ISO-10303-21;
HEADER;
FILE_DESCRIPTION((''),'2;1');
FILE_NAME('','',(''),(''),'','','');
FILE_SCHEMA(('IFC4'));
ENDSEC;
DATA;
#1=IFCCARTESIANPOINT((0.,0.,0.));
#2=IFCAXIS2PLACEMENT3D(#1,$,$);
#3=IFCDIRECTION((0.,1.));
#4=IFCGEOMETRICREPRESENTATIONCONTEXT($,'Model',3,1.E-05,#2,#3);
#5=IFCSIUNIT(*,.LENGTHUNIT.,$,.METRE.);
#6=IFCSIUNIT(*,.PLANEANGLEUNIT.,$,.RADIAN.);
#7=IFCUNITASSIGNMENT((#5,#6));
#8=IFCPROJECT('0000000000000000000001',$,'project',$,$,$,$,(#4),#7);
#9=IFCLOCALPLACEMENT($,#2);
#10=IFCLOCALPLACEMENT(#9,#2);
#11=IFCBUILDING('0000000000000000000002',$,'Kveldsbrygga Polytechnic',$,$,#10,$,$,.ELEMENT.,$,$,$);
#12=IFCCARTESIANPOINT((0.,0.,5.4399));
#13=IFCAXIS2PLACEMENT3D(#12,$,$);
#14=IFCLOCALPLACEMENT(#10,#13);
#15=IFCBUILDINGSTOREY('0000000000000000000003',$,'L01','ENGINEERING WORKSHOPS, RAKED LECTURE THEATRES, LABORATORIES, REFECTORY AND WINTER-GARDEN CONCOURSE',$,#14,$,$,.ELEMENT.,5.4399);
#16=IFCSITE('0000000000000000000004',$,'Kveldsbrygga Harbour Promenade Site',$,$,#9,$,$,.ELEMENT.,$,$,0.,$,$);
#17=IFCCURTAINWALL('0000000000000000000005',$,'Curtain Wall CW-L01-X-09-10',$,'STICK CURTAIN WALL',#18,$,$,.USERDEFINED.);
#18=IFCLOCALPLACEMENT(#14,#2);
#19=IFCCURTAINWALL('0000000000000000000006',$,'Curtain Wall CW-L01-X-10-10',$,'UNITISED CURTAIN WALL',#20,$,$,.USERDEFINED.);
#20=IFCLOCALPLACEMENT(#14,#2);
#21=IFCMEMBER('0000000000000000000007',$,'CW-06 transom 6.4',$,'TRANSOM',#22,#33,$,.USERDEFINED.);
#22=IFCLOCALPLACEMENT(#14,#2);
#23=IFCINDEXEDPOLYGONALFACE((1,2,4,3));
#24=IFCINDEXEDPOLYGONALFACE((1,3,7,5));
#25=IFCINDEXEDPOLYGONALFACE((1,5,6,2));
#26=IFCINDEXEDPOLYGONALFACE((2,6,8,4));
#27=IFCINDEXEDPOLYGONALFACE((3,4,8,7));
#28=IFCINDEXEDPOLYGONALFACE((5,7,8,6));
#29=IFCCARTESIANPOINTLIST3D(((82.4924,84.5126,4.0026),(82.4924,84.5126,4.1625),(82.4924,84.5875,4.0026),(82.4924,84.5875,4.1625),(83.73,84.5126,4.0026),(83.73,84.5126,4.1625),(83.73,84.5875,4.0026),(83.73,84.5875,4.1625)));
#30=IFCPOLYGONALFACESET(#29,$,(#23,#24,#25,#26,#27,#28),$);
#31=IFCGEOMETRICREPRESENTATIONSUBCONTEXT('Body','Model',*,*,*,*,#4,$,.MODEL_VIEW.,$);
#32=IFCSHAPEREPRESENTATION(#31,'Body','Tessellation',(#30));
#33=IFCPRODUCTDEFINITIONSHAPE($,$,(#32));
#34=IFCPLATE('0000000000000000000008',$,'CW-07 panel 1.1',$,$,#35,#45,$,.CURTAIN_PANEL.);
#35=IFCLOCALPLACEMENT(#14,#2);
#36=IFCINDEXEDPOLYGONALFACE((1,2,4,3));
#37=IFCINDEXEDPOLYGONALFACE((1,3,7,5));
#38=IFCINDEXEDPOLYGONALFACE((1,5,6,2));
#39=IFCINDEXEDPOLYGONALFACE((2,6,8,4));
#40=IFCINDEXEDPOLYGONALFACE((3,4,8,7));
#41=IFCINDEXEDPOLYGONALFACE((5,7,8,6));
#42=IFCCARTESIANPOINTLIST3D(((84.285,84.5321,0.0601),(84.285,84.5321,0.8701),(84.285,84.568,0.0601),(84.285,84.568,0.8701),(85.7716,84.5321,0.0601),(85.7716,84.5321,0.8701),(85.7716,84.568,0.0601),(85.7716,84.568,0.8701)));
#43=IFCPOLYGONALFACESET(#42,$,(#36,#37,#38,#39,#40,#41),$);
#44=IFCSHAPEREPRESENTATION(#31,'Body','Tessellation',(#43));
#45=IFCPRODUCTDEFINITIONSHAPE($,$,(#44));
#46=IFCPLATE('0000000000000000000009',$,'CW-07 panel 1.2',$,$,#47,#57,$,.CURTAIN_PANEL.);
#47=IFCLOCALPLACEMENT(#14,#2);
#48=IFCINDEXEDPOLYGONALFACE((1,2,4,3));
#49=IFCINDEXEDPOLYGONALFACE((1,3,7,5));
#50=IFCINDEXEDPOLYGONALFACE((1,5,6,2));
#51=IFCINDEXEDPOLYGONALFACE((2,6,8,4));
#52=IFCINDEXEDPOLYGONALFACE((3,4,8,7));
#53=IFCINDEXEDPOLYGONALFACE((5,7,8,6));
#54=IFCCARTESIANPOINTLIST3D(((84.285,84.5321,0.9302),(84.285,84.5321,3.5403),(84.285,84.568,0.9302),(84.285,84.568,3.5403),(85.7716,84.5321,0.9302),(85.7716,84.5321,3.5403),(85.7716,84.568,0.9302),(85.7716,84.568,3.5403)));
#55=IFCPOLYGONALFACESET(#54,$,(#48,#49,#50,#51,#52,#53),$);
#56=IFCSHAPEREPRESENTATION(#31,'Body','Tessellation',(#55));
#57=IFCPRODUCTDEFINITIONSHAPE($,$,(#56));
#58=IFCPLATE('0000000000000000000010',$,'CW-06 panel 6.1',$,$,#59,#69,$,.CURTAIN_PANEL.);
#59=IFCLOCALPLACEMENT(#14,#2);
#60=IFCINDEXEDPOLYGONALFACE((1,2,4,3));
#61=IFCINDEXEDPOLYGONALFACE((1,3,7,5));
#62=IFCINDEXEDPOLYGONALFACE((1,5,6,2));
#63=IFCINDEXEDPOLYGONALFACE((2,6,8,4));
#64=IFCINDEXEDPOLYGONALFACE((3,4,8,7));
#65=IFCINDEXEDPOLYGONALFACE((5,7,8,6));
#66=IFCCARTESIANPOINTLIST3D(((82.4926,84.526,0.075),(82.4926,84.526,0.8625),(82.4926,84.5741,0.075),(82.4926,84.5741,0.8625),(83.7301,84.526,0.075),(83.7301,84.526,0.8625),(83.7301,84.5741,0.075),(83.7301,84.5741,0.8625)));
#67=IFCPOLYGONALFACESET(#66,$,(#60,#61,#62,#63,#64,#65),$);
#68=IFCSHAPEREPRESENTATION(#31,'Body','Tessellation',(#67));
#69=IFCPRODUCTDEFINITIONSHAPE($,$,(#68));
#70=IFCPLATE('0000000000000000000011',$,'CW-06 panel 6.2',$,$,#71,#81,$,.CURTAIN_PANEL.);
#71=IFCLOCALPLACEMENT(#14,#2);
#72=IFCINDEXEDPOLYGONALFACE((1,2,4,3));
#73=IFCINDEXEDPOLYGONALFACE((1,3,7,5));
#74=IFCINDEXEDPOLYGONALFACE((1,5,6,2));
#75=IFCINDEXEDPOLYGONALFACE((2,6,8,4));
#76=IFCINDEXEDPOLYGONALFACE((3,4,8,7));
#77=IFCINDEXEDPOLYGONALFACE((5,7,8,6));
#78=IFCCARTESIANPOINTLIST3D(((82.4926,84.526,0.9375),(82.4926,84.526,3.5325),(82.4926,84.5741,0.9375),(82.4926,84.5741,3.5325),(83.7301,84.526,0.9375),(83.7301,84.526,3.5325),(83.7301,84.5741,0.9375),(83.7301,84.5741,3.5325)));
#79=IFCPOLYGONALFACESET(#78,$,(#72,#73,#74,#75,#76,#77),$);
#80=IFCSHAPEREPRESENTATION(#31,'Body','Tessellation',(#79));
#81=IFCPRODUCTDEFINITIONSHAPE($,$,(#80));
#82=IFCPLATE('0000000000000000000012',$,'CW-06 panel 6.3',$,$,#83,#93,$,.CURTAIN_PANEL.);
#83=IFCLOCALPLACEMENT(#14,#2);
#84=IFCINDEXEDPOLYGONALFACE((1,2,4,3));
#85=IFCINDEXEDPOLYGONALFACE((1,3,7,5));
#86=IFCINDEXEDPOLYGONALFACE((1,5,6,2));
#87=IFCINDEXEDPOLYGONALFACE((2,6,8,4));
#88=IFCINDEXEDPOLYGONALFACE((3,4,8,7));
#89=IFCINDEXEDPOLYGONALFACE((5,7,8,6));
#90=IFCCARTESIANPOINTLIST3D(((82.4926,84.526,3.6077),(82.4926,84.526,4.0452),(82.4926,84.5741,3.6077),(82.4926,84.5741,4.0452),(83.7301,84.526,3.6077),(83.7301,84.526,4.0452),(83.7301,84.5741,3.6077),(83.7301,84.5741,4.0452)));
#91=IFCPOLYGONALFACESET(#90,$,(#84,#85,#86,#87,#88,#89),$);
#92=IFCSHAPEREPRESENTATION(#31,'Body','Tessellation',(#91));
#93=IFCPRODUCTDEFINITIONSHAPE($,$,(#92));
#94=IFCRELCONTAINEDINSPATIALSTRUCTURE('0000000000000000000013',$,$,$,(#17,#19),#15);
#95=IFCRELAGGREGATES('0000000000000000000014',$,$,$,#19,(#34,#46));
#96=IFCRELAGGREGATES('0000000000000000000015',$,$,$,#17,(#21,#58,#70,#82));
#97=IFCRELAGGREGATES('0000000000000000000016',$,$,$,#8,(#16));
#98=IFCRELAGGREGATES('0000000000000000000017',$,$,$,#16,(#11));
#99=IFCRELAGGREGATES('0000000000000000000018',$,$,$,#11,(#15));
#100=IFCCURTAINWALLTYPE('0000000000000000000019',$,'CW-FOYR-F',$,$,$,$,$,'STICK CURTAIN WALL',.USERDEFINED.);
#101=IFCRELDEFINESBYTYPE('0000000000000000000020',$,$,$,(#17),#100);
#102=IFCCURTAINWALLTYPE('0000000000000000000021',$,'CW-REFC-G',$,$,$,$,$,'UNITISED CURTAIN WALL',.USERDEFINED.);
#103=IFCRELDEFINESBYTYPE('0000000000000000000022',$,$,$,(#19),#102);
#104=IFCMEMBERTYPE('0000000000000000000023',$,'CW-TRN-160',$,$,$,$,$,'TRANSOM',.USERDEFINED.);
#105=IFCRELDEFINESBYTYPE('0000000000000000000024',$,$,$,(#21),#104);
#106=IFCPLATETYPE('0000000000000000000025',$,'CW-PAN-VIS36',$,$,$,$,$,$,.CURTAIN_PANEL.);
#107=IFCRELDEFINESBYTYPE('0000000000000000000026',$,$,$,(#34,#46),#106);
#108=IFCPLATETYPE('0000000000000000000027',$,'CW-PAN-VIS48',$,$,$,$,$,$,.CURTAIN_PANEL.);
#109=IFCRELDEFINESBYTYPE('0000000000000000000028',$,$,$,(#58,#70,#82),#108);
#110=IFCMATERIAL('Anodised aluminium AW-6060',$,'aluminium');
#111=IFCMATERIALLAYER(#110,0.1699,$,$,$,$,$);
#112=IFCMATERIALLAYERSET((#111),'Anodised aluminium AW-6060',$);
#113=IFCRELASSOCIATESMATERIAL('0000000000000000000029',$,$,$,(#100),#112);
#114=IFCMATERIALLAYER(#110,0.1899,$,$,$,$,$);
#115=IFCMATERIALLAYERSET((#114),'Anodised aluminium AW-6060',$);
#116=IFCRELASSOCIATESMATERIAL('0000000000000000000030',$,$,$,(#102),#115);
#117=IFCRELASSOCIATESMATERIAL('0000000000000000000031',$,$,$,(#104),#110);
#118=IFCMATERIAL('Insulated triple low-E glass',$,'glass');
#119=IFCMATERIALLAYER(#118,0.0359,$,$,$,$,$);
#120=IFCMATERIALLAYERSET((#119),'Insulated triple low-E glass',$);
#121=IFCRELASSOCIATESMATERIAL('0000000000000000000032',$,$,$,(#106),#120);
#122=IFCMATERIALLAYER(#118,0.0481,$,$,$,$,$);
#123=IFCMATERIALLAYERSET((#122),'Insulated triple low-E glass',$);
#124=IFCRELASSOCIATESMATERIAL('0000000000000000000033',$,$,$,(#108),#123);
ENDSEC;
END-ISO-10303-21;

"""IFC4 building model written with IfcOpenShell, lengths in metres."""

from ifc_helpers import new_model, si_unit, direction, frame, origin, origin_2d, place, context, subcontext, project, spatial, rectangle, extrude, material, layer, layer_set, material_profile, profile_set, type_object, element, aggregate, save


model = new_model("IFC4")

# Units and contexts
model_context = context("Model", 3, precision=1e-05, world=origin(), true_north=direction((0.0, 1.0)))
body_context = subcontext(model_context, "Body", "Model", "MODEL_VIEW")
ifc_project = project(units=[si_unit("LENGTHUNIT", "METRE"), si_unit("PLANEANGLEUNIT", "RADIAN")], contexts=[model_context])

# Site, building, storey
site_placement = place(None, origin())
site = spatial("IfcSite", under=ifc_project, at=site_placement, Name="Kveldsbrygga Harbour Promenade Site", CompositionType="ELEMENT", RefElevation=0.0)
building_placement = place(site_placement, origin())
building = spatial("IfcBuilding", under=site, at=building_placement, Name="Kveldsbrygga Polytechnic", CompositionType="ELEMENT")
storey_placement = place(building_placement, frame((0.0, 0.0, 5.4399)))
storey = spatial("IfcBuildingStorey", under=building, at=storey_placement, Name="L01", Description="ENGINEERING WORKSHOPS, RAKED LECTURE THEATRES, LABORATORIES, REFECTORY AND WINTER-GARDEN CONCOURSE", CompositionType="ELEMENT", Elevation=5.4399)

# Curtain walls
ifc_material_1 = material(Name="Anodised aluminium AW-6060", Category="aluminium")
ifc_layer_1 = layer(ifc_material_1, 0.1699)
ifc_layer_set_1 = layer_set([ifc_layer_1], Name="Anodised aluminium AW-6060")
curtain_wall_type_1 = type_object("IfcCurtainWallType", Name="CW-FOYR-F", ElementType="STICK CURTAIN WALL", PredefinedType="USERDEFINED", material=ifc_layer_set_1)
curtain_wall_1_placement = place(storey_placement, origin())
curtain_wall_1 = element("IfcCurtainWall", 1, at=curtain_wall_1_placement, inside=storey, type_object=curtain_wall_type_1, Name="Curtain Wall CW-L01-X-09-10", ObjectType="STICK CURTAIN WALL", PredefinedType="USERDEFINED")
ifc_layer_2 = layer(ifc_material_1, 0.1899)
ifc_layer_set_2 = layer_set([ifc_layer_2], Name="Anodised aluminium AW-6060")
curtain_wall_type_2 = type_object("IfcCurtainWallType", Name="CW-REFC-G", ElementType="UNITISED CURTAIN WALL", PredefinedType="USERDEFINED", material=ifc_layer_set_2)
curtain_wall_2_placement = place(storey_placement, origin())
curtain_wall_2 = element("IfcCurtainWall", 2, at=curtain_wall_2_placement, inside=storey, type_object=curtain_wall_type_2, Name="Curtain Wall CW-L01-X-10-10", ObjectType="UNITISED CURTAIN WALL", PredefinedType="USERDEFINED")

# Member
ifc_material_profile_1 = material_profile(ifc_material_1, rectangle(XDim=0.075, YDim=0.1599, at=origin_2d()), Name="ALU 75x160")
ifc_profile_set_1 = profile_set([ifc_material_profile_1], Name="Anodised aluminium AW-6060")
member_type_1 = type_object("IfcMemberType", Name="CW-TRN-160", ElementType="TRANSOM", PredefinedType="USERDEFINED", material=ifc_profile_set_1)
member_1_placement = place(storey_placement, frame((82.4924, 84.55, 4.0825), z_axis=(1.0, 0.0, 0.0), x_axis=(0.0, 1.0, 0.0)))
member_1 = element("IfcMember", 3, at=member_1_placement, type_object=member_type_1, Name="CW-06 transom 6.4", ObjectType="TRANSOM", PredefinedType="USERDEFINED", context=body_context, shape_type="SweptSolid", body=[
    extrude(rectangle(XDim=0.075, YDim=0.1599, at=origin_2d()), origin(), (0.0, 0.0, 1.0), 1.2375),
])

# Plates
ifc_material_2 = material(Name="Insulated triple low-E glass", Category="glass")
ifc_layer_3 = layer(ifc_material_2, 0.0359)
ifc_layer_set_3 = layer_set([ifc_layer_3], Name="Insulated triple low-E glass")
plate_type_1 = type_object("IfcPlateType", Name="CW-PAN-VIS36", PredefinedType="CURTAIN_PANEL", material=ifc_layer_set_3)
plate_1_placement = place(storey_placement, frame((85.0283, 84.55, 0.0601), z_axis=(0.0, 0.0, 1.0), x_axis=(1.0, 0.0, 0.0)))
plate_1 = element("IfcPlate", 4, at=plate_1_placement, type_object=plate_type_1, Name="CW-07 panel 1.1", PredefinedType="CURTAIN_PANEL", context=body_context, shape_type="SweptSolid", body=[
    extrude(rectangle(XDim=1.4866, YDim=0.0359, at=origin_2d()), origin(), (0.0, 0.0, 1.0), 0.8101),
])
plate_2_placement = place(storey_placement, frame((85.0283, 84.55, 0.9302), z_axis=(0.0, 0.0, 1.0), x_axis=(1.0, 0.0, 0.0)))
plate_2 = element("IfcPlate", 5, at=plate_2_placement, type_object=plate_type_1, Name="CW-07 panel 1.2", PredefinedType="CURTAIN_PANEL", context=body_context, shape_type="SweptSolid", body=[
    extrude(rectangle(XDim=1.4866, YDim=0.0359, at=origin_2d()), origin(), (0.0, 0.0, 1.0), 2.6101),
])
aggregate(curtain_wall_2, [plate_1, plate_2])
ifc_layer_4 = layer(ifc_material_2, 0.0481)
ifc_layer_set_4 = layer_set([ifc_layer_4], Name="Insulated triple low-E glass")
plate_type_2 = type_object("IfcPlateType", Name="CW-PAN-VIS48", PredefinedType="CURTAIN_PANEL", material=ifc_layer_set_4)
plate_3_placement = place(storey_placement, frame((83.1113, 84.55, 0.075), z_axis=(0.0, 0.0, 1.0), x_axis=(1.0, 0.0, 0.0)))
plate_3 = element("IfcPlate", 6, at=plate_3_placement, type_object=plate_type_2, Name="CW-06 panel 6.1", PredefinedType="CURTAIN_PANEL", context=body_context, shape_type="SweptSolid", body=[
    extrude(rectangle(XDim=1.2375, YDim=0.0481, at=origin_2d()), origin(), (0.0, 0.0, 1.0), 0.7876),
])
plate_4_placement = place(storey_placement, frame((83.1113, 84.55, 0.9375), z_axis=(0.0, 0.0, 1.0), x_axis=(1.0, 0.0, 0.0)))
plate_4 = element("IfcPlate", 7, at=plate_4_placement, type_object=plate_type_2, Name="CW-06 panel 6.2", PredefinedType="CURTAIN_PANEL", context=body_context, shape_type="SweptSolid", body=[
    extrude(rectangle(XDim=1.2375, YDim=0.0481, at=origin_2d()), origin(), (0.0, 0.0, 1.0), 2.595),
])
plate_5_placement = place(storey_placement, frame((83.1113, 84.55, 3.6077), z_axis=(0.0, 0.0, 1.0), x_axis=(1.0, 0.0, 0.0)))
plate_5 = element("IfcPlate", 8, at=plate_5_placement, type_object=plate_type_2, Name="CW-06 panel 6.3", PredefinedType="CURTAIN_PANEL", context=body_context, shape_type="SweptSolid", body=[
    extrude(rectangle(XDim=1.2375, YDim=0.0481, at=origin_2d()), origin(), (0.0, 0.0, 1.0), 0.4375),
])
aggregate(curtain_wall_1, [member_1, plate_3, plate_4, plate_5])

save(model, "model.ifc")
